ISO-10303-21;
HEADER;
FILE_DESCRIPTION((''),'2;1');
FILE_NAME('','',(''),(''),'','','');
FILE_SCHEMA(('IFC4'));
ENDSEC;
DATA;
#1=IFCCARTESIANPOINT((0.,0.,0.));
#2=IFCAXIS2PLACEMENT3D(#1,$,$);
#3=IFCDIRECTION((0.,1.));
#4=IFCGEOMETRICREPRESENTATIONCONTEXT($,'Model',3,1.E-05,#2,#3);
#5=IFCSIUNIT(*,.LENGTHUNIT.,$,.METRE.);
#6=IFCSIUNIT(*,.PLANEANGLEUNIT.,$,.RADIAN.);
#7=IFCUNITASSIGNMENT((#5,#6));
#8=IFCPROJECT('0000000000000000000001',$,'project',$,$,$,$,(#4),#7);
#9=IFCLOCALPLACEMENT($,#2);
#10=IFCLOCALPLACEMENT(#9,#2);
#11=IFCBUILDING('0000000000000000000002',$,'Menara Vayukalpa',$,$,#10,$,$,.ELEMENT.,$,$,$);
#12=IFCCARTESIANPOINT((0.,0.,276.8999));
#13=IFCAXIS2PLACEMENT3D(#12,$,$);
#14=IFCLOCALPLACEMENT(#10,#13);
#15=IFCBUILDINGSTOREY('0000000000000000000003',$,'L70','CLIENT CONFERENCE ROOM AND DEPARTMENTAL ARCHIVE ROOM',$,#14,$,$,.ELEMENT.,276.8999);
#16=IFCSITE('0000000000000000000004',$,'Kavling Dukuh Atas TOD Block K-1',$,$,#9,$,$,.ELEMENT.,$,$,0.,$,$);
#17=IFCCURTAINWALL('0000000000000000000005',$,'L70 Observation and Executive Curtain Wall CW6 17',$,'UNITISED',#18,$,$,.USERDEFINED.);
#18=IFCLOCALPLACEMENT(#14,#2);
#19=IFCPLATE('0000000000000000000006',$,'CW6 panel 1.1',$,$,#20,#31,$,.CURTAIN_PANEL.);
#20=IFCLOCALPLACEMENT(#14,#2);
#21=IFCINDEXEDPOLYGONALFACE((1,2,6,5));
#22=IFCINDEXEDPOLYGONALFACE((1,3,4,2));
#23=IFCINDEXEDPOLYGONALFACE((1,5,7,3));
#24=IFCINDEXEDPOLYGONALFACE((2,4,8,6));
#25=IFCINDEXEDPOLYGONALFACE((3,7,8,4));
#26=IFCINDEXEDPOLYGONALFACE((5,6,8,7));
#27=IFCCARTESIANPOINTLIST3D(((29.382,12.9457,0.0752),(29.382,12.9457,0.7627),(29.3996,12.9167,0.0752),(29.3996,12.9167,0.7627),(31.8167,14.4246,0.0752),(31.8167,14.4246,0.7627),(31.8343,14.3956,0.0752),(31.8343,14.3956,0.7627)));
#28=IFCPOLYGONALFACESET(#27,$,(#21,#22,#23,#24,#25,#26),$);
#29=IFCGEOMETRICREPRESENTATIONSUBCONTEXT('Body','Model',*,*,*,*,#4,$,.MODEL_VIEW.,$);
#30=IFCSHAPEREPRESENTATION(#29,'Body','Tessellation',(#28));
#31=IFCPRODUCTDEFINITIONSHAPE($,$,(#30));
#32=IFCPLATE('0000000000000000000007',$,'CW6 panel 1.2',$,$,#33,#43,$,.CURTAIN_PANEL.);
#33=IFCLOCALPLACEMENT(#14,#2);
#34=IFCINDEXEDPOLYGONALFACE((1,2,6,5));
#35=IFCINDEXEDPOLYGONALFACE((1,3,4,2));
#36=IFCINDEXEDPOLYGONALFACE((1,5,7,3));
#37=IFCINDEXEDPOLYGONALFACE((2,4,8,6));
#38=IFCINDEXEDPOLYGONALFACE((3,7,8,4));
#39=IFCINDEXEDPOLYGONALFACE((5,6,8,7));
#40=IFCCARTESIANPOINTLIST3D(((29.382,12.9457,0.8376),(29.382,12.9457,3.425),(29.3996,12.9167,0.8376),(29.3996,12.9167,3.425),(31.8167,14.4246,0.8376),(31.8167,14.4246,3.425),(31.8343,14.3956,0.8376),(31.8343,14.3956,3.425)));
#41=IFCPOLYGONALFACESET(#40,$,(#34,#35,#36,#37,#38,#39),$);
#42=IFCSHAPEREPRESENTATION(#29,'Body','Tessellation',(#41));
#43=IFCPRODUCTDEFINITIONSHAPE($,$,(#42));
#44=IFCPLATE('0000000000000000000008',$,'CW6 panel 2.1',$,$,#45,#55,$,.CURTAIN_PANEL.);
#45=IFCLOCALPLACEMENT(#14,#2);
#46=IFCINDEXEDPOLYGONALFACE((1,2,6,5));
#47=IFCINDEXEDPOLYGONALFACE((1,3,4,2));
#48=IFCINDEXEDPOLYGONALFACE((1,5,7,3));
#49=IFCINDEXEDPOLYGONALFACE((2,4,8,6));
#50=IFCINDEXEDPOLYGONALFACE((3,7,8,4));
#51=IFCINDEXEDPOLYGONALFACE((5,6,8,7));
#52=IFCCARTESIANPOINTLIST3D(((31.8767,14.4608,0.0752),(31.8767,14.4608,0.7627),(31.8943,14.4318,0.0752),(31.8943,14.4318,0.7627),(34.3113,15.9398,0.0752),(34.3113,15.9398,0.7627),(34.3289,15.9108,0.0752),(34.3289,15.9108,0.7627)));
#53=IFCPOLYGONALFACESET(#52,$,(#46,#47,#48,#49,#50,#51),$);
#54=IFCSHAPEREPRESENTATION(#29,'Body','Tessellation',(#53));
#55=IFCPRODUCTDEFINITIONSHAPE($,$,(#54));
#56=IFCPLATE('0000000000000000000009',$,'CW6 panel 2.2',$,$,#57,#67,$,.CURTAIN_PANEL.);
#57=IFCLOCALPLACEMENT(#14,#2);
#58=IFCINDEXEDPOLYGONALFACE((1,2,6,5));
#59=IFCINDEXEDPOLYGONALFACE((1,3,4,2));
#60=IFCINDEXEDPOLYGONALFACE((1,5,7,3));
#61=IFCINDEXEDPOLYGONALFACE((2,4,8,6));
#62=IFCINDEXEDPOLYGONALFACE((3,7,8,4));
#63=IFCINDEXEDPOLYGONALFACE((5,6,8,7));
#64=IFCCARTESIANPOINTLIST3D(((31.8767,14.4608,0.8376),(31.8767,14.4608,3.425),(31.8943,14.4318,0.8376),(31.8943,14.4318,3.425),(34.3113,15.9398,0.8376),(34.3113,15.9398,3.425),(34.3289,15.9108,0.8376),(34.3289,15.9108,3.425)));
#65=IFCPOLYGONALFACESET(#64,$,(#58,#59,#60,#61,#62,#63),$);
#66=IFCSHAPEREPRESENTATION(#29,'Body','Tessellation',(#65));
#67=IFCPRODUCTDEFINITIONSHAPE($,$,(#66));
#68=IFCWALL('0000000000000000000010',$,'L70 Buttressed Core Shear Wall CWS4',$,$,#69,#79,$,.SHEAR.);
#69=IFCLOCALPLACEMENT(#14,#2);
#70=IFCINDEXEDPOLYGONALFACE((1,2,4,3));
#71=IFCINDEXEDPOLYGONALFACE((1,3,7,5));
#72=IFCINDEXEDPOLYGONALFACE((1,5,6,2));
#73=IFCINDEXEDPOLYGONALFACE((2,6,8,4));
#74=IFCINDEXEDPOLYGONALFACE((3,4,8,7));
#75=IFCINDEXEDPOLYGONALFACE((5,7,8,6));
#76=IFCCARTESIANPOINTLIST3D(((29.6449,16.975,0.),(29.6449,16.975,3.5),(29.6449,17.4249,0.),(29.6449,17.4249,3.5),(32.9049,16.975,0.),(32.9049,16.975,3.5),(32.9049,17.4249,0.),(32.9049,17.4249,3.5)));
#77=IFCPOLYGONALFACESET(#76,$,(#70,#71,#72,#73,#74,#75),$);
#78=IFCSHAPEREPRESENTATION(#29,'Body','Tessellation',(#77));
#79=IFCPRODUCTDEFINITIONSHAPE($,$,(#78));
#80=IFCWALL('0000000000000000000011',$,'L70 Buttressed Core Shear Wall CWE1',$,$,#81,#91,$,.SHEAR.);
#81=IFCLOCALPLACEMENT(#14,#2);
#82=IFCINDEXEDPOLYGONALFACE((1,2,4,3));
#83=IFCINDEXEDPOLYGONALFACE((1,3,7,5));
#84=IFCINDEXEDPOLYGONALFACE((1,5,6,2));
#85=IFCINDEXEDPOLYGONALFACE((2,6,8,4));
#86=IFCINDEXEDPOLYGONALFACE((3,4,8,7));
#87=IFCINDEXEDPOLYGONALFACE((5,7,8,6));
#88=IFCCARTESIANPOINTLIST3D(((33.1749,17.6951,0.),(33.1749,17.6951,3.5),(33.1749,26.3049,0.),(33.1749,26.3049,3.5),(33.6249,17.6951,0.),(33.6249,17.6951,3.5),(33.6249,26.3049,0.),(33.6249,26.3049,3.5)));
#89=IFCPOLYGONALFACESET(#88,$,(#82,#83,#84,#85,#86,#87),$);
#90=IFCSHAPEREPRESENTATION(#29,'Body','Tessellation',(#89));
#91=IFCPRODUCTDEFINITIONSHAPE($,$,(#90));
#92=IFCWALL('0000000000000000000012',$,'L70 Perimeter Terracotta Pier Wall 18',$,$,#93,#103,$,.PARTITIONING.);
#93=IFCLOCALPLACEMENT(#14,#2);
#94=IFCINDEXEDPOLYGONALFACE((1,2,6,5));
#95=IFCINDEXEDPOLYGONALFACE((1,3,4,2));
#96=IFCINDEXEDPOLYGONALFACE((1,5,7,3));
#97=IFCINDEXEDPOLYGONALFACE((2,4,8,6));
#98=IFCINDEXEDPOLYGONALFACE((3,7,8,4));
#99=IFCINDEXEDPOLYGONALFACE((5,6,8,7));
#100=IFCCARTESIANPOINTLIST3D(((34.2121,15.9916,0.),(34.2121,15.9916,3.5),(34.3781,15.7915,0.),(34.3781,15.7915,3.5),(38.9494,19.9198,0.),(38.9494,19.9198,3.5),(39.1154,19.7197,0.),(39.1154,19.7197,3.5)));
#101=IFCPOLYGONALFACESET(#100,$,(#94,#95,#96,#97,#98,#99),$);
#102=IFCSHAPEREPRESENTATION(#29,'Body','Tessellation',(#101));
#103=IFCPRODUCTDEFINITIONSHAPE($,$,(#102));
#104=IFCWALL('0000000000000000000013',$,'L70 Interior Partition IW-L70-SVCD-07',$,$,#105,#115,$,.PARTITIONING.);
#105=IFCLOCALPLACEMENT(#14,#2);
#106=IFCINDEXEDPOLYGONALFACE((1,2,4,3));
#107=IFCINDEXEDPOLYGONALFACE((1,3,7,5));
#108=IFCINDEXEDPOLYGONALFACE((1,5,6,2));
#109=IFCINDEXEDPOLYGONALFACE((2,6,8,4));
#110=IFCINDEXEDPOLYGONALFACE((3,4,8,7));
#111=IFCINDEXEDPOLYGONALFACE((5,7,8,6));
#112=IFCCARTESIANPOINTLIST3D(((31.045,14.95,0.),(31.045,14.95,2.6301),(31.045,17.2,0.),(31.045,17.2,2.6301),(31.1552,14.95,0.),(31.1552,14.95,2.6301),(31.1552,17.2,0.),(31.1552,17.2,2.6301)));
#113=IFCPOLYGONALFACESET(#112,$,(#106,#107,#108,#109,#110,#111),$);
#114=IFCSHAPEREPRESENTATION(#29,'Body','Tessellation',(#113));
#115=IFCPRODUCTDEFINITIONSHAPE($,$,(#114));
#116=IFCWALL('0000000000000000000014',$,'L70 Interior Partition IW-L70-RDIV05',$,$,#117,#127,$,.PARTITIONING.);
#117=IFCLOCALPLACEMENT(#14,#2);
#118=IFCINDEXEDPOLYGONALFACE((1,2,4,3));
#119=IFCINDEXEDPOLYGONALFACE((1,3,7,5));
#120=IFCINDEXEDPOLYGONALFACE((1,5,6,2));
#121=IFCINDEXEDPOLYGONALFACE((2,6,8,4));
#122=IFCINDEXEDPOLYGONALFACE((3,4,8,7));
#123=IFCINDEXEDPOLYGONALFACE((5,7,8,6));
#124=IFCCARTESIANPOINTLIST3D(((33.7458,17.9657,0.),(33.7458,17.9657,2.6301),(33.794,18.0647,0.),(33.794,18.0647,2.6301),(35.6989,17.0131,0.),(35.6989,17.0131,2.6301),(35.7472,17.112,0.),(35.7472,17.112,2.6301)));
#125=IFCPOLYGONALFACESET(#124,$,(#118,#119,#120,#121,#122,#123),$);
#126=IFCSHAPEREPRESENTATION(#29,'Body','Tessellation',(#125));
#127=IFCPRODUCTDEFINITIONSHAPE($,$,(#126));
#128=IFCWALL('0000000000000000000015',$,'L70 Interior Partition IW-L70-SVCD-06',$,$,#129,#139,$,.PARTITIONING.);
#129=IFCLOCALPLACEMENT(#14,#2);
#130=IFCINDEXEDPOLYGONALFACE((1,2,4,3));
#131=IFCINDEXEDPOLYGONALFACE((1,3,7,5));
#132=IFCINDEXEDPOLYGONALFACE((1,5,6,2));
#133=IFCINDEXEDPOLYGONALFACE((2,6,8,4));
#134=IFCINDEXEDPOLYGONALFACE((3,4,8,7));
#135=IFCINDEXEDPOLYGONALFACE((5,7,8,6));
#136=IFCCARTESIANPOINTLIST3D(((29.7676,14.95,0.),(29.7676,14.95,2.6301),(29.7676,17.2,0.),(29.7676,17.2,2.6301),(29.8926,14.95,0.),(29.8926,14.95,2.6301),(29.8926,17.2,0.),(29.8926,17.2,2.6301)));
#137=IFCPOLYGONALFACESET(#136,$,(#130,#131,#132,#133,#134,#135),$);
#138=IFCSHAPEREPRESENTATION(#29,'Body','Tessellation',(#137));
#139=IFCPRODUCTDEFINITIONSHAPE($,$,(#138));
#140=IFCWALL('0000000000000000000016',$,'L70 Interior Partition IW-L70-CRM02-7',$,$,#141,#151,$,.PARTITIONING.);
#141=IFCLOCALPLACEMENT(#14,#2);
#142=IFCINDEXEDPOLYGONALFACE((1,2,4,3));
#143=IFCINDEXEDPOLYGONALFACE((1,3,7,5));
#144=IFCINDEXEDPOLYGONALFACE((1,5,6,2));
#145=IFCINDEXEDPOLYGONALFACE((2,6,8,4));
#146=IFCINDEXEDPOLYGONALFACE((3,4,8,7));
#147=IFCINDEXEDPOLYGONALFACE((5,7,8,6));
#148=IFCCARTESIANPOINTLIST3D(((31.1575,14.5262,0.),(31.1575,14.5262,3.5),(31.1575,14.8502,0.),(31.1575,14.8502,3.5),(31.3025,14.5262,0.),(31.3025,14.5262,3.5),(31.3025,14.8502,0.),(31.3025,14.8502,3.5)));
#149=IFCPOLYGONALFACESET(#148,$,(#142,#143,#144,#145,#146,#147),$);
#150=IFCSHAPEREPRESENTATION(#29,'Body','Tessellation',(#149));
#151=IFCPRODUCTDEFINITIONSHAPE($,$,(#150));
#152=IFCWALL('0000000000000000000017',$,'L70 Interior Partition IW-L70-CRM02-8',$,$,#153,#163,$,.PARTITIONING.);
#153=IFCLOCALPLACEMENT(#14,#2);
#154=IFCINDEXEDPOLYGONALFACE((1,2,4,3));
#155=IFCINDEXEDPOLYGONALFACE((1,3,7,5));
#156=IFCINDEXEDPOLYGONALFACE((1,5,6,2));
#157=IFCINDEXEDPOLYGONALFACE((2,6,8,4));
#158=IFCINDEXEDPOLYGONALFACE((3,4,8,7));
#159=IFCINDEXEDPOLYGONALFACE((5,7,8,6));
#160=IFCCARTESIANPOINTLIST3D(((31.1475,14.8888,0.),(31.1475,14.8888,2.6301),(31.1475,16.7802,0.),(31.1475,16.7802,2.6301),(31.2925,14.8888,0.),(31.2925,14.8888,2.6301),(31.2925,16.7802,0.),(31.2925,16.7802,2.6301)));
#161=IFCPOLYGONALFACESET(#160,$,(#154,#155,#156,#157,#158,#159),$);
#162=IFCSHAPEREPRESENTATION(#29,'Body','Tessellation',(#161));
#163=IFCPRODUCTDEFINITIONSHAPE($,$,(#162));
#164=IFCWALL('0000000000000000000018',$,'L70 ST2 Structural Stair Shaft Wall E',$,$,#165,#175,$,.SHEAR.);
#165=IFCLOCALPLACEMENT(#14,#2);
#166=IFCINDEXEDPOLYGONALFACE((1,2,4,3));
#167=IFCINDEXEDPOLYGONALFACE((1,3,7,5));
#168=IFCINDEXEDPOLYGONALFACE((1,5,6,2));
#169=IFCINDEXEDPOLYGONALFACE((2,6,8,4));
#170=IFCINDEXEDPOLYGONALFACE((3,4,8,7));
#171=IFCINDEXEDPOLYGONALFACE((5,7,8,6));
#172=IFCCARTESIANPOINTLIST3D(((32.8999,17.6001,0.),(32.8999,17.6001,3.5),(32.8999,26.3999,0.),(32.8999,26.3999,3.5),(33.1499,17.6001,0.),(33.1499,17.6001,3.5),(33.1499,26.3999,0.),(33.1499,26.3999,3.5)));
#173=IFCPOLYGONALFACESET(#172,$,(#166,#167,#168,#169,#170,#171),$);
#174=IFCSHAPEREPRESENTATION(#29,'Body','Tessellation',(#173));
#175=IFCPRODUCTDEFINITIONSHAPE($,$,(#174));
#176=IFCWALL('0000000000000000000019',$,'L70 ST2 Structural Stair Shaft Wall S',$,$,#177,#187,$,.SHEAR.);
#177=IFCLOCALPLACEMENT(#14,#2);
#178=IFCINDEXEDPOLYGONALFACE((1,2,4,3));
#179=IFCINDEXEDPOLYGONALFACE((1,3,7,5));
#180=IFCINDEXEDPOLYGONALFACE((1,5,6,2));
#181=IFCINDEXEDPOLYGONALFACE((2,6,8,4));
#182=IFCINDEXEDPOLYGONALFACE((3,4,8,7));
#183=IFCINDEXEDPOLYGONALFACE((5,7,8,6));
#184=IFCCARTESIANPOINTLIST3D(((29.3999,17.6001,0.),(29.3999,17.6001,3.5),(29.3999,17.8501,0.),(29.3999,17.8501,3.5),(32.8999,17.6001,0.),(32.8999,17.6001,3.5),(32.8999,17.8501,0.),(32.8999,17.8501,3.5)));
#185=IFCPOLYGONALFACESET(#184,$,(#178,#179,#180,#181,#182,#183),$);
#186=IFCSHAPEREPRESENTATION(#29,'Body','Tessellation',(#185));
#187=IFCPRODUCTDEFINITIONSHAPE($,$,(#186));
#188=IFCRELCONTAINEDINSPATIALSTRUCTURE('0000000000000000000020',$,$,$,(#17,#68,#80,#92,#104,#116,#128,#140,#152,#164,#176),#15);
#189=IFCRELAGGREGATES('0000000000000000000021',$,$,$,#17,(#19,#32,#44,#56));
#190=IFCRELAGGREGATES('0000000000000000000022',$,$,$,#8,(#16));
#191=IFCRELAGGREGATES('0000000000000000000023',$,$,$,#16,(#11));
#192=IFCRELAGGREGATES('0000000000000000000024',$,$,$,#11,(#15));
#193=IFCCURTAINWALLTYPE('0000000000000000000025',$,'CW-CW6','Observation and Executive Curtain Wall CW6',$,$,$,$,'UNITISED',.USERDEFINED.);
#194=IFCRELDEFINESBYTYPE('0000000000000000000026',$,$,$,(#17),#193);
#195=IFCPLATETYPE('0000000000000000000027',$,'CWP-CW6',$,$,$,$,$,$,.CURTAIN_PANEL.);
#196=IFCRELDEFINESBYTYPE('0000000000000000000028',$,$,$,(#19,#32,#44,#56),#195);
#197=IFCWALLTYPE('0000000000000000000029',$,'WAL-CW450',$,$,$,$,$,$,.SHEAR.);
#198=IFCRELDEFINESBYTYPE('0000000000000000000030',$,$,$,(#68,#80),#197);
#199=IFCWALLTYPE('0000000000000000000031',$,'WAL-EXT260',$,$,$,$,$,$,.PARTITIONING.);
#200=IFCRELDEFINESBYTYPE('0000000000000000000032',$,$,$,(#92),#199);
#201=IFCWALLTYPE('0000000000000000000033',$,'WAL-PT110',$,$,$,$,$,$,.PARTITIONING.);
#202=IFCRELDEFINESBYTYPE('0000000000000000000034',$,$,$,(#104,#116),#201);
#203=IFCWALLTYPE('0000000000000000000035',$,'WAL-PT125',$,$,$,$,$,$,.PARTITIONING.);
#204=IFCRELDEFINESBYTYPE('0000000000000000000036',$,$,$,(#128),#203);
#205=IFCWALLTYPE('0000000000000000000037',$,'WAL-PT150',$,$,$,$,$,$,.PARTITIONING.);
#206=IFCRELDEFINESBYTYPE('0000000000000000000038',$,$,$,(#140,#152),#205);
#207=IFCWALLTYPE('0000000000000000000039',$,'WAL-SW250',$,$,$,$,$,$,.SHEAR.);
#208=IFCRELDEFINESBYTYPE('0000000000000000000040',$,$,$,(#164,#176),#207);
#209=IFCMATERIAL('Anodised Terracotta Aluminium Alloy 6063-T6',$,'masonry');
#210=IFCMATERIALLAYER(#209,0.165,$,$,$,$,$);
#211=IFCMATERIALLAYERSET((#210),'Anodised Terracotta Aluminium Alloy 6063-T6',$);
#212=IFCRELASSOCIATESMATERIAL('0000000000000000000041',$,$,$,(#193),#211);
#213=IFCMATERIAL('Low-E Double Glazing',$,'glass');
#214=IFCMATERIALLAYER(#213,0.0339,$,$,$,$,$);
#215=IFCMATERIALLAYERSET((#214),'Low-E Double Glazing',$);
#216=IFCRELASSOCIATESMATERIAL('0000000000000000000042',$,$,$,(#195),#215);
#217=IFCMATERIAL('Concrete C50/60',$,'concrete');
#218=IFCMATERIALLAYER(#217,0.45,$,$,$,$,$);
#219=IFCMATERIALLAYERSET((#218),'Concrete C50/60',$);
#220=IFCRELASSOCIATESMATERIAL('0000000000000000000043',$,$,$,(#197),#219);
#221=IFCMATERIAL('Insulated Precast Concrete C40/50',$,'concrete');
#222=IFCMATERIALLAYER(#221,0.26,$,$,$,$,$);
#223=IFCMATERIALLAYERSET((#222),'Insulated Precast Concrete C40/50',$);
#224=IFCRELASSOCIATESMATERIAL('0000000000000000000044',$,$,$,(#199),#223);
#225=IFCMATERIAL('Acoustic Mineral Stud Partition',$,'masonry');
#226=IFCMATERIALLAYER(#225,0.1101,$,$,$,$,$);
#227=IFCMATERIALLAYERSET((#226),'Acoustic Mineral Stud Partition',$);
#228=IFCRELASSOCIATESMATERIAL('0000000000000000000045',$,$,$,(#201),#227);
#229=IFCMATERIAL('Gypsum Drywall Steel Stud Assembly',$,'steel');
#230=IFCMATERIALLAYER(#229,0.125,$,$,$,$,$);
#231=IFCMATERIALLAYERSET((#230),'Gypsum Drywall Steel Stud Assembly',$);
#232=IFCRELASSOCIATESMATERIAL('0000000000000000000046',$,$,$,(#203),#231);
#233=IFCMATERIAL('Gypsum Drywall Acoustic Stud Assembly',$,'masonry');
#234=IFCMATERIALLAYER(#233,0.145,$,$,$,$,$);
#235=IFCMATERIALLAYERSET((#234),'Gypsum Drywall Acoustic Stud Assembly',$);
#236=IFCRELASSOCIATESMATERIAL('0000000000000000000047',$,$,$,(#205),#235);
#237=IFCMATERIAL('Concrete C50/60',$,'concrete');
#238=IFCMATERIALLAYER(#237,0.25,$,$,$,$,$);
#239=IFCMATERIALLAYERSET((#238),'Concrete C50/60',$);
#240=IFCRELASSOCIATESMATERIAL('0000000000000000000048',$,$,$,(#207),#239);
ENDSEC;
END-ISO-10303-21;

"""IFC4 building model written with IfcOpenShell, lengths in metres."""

from ifc_helpers import new_model, si_unit, direction, frame, frame_2d, origin, origin_2d, place, context, subcontext, project, spatial, rectangle, extrude, material, layer, layer_set, type_object, element, aggregate, save


model = new_model("IFC4")

# Units and contexts
model_context = context("Model", 3, precision=1e-05, world=origin(), true_north=direction((0.0, 1.0)))
body_context = subcontext(model_context, "Body", "Model", "MODEL_VIEW")
ifc_project = project(units=[si_unit("LENGTHUNIT", "METRE"), si_unit("PLANEANGLEUNIT", "RADIAN")], contexts=[model_context])

# Site, building, storey
site_placement = place(None, origin())
site = spatial("IfcSite", under=ifc_project, at=site_placement, Name="Kavling Dukuh Atas TOD Block K-1", CompositionType="ELEMENT", RefElevation=0.0)
building_placement = place(site_placement, origin())
building = spatial("IfcBuilding", under=site, at=building_placement, Name="Menara Vayukalpa", CompositionType="ELEMENT")
storey_placement = place(building_placement, frame((0.0, 0.0, 276.8999)))
storey = spatial("IfcBuildingStorey", under=building, at=storey_placement, Name="L70", Description="CLIENT CONFERENCE ROOM AND DEPARTMENTAL ARCHIVE ROOM", CompositionType="ELEMENT", Elevation=276.8999)

# Curtain wall, plates
ifc_material_1 = material(Name="Anodised Terracotta Aluminium Alloy 6063-T6", Category="masonry")
ifc_layer_1 = layer(ifc_material_1, 0.165)
ifc_layer_set_1 = layer_set([ifc_layer_1], Name="Anodised Terracotta Aluminium Alloy 6063-T6")
curtain_wall_type = type_object("IfcCurtainWallType", Name="CW-CW6", Description="Observation and Executive Curtain Wall CW6", ElementType="UNITISED", PredefinedType="USERDEFINED", material=ifc_layer_set_1)
curtain_wall_placement = place(storey_placement, origin())
curtain_wall = element("IfcCurtainWall", 1, at=curtain_wall_placement, inside=storey, type_object=curtain_wall_type, Name="L70 Observation and Executive Curtain Wall CW6 17", ObjectType="UNITISED", PredefinedType="USERDEFINED")
ifc_material_2 = material(Name="Low-E Double Glazing", Category="glass")
ifc_layer_2 = layer(ifc_material_2, 0.0339)
ifc_layer_set_2 = layer_set([ifc_layer_2], Name="Low-E Double Glazing")
plate_type = type_object("IfcPlateType", Name="CWP-CW6", PredefinedType="CURTAIN_PANEL", material=ifc_layer_set_2)
plate_1_placement = place(storey_placement, frame((30.6082, 13.6707, 0.0752), z_axis=(0.0, 0.0, 1.0), x_axis=(0.854668, 0.519176, 0.0)))
plate_1 = element("IfcPlate", 2, at=plate_1_placement, type_object=plate_type, Name="CW6 panel 1.1", PredefinedType="CURTAIN_PANEL", context=body_context, shape_type="SweptSolid", body=[
    extrude(rectangle(XDim=2.8486, YDim=0.0339, at=origin_2d()), origin(), (0.0, 0.0, 1.0), 0.6875),
])
plate_2_placement = place(storey_placement, frame((30.6082, 13.6707, 0.8376), z_axis=(0.0, 0.0, 1.0), x_axis=(0.854668, 0.519176, 0.0)))
plate_2 = element("IfcPlate", 3, at=plate_2_placement, type_object=plate_type, Name="CW6 panel 1.2", PredefinedType="CURTAIN_PANEL", context=body_context, shape_type="SweptSolid", body=[
    extrude(rectangle(XDim=2.8486, YDim=0.0339, at=origin_2d()), origin(), (0.0, 0.0, 1.0), 2.5874),
])
plate_3_placement = place(storey_placement, frame((33.1028, 15.1858, 0.0752), z_axis=(0.0, 0.0, 1.0), x_axis=(0.854668, 0.519176, 0.0)))
plate_3 = element("IfcPlate", 4, at=plate_3_placement, type_object=plate_type, Name="CW6 panel 2.1", PredefinedType="CURTAIN_PANEL", context=body_context, shape_type="SweptSolid", body=[
    extrude(rectangle(XDim=2.8486, YDim=0.0339, at=origin_2d()), origin(), (0.0, 0.0, 1.0), 0.6875),
])
plate_4_placement = place(storey_placement, frame((33.1028, 15.1858, 0.8376), z_axis=(0.0, 0.0, 1.0), x_axis=(0.854668, 0.519176, 0.0)))
plate_4 = element("IfcPlate", 5, at=plate_4_placement, type_object=plate_type, Name="CW6 panel 2.2", PredefinedType="CURTAIN_PANEL", context=body_context, shape_type="SweptSolid", body=[
    extrude(rectangle(XDim=2.8486, YDim=0.0339, at=origin_2d()), origin(), (0.0, 0.0, 1.0), 2.5874),
])
aggregate(curtain_wall, [plate_1, plate_2, plate_3, plate_4])

# Walls
ifc_material_3 = material(Name="Concrete C50/60", Category="concrete")
ifc_layer_3 = layer(ifc_material_3, 0.45)
ifc_layer_set_3 = layer_set([ifc_layer_3], Name="Concrete C50/60")
wall_type_1 = type_object("IfcWallType", Name="WAL-CW450", PredefinedType="SHEAR", material=ifc_layer_set_3)
wall_1_placement = place(storey_placement, frame((29.645, 17.2, 0.0), z_axis=(0.0, 0.0, 1.0), x_axis=(1.0, 0.0, 0.0)))
element("IfcWall", 6, at=wall_1_placement, inside=storey, type_object=wall_type_1, Name="L70 Buttressed Core Shear Wall CWS4", PredefinedType="SHEAR", context=body_context, shape_type="SweptSolid", body=[
    extrude(rectangle(XDim=3.26, YDim=0.45, at=frame_2d((1.6299, 0.0))), origin(), (0.0, 0.0, 1.0), 3.5),
])
wall_2_placement = place(storey_placement, frame((33.3999, 17.6951, 0.0), z_axis=(0.0, 0.0, 1.0), x_axis=(0.0, 1.0, 0.0)))
element("IfcWall", 7, at=wall_2_placement, inside=storey, type_object=wall_type_1, Name="L70 Buttressed Core Shear Wall CWE1", PredefinedType="SHEAR", context=body_context, shape_type="SweptSolid", body=[
    extrude(rectangle(XDim=8.6099, YDim=0.45, at=frame_2d((4.3049, 0.0))), origin(), (0.0, 0.0, 1.0), 3.5),
])
ifc_material_4 = material(Name="Insulated Precast Concrete C40/50", Category="concrete")
ifc_layer_4 = layer(ifc_material_4, 0.26)
ifc_layer_set_4 = layer_set([ifc_layer_4], Name="Insulated Precast Concrete C40/50")
wall_type_2 = type_object("IfcWallType", Name="WAL-EXT260", PredefinedType="PARTITIONING", material=ifc_layer_set_4)
wall_3_placement = place(storey_placement, frame((39.0325, 19.8198, 0.0), z_axis=(0.0, 0.0, 1.0), x_axis=(-0.76978, -0.638309, 0.0)))
element("IfcWall", 8, at=wall_3_placement, inside=storey, type_object=wall_type_2, Name="L70 Perimeter Terracotta Pier Wall 18", PredefinedType="PARTITIONING", context=body_context, shape_type="SweptSolid", body=[
    extrude(rectangle(XDim=6.1541, YDim=0.26, at=frame_2d((3.0771, 0.0))), origin(), (0.0, 0.0, 1.0), 3.5),
])
ifc_material_5 = material(Name="Acoustic Mineral Stud Partition", Category="masonry")
ifc_layer_5 = layer(ifc_material_5, 0.1101)
ifc_layer_set_5 = layer_set([ifc_layer_5], Name="Acoustic Mineral Stud Partition")
wall_type_3 = type_object("IfcWallType", Name="WAL-PT110", PredefinedType="PARTITIONING", material=ifc_layer_set_5)
wall_4_placement = place(storey_placement, frame((31.1001, 14.95, 0.0), z_axis=(0.0, 0.0, 1.0), x_axis=(0.0, 1.0, 0.0)))
element("IfcWall", 9, at=wall_4_placement, inside=storey, type_object=wall_type_3, Name="L70 Interior Partition IW-L70-SVCD-07", PredefinedType="PARTITIONING", context=body_context, shape_type="SweptSolid", body=[
    extrude(rectangle(XDim=2.25, YDim=0.1101, at=frame_2d((1.125, 0.0))), origin(), (0.0, 0.0, 1.0), 2.6301),
])
wall_5_placement = place(storey_placement, frame((33.77, 18.0151, 0.0), z_axis=(0.0, 0.0, 1.0), x_axis=(0.898788, -0.438384, 0.0)))
element("IfcWall", 10, at=wall_5_placement, inside=storey, type_object=wall_type_3, Name="L70 Interior Partition IW-L70-RDIV05", PredefinedType="PARTITIONING", context=body_context, shape_type="SweptSolid", body=[
    extrude(rectangle(XDim=2.1731, YDim=0.1101, at=frame_2d((1.0864, 0.0))), origin(), (0.0, 0.0, 1.0), 2.6301),
])
ifc_material_6 = material(Name="Gypsum Drywall Steel Stud Assembly", Category="steel")
ifc_layer_6 = layer(ifc_material_6, 0.125)
ifc_layer_set_6 = layer_set([ifc_layer_6], Name="Gypsum Drywall Steel Stud Assembly")
wall_type_4 = type_object("IfcWallType", Name="WAL-PT125", PredefinedType="PARTITIONING", material=ifc_layer_set_6)
wall_6_placement = place(storey_placement, frame((29.8301, 14.95, 0.0), z_axis=(0.0, 0.0, 1.0), x_axis=(0.0, 1.0, 0.0)))
element("IfcWall", 11, at=wall_6_placement, inside=storey, type_object=wall_type_4, Name="L70 Interior Partition IW-L70-SVCD-06", PredefinedType="PARTITIONING", context=body_context, shape_type="SweptSolid", body=[
    extrude(rectangle(XDim=2.25, YDim=0.125, at=frame_2d((1.125, 0.0))), origin(), (0.0, 0.0, 1.0), 2.6301),
])
ifc_material_7 = material(Name="Gypsum Drywall Acoustic Stud Assembly", Category="masonry")
ifc_layer_7 = layer(ifc_material_7, 0.145)
ifc_layer_set_7 = layer_set([ifc_layer_7], Name="Gypsum Drywall Acoustic Stud Assembly")
wall_type_5 = type_object("IfcWallType", Name="WAL-PT150", PredefinedType="PARTITIONING", material=ifc_layer_set_7)
wall_7_placement = place(storey_placement, frame((31.23, 14.5261, 0.0), z_axis=(0.0, 0.0, 1.0), x_axis=(0.0, 1.0, 0.0)))
element("IfcWall", 12, at=wall_7_placement, inside=storey, type_object=wall_type_5, Name="L70 Interior Partition IW-L70-CRM02-7", PredefinedType="PARTITIONING", context=body_context, shape_type="SweptSolid", body=[
    extrude(rectangle(XDim=0.324, YDim=0.145, at=frame_2d((0.1621, 0.0))), origin(), (0.0, 0.0, 1.0), 3.5),
])
wall_8_placement = place(storey_placement, frame((31.22, 14.8887, 0.0), z_axis=(0.0, 0.0, 1.0), x_axis=(0.0, 1.0, 0.0)))
element("IfcWall", 13, at=wall_8_placement, inside=storey, type_object=wall_type_5, Name="L70 Interior Partition IW-L70-CRM02-8", PredefinedType="PARTITIONING", context=body_context, shape_type="SweptSolid", body=[
    extrude(rectangle(XDim=1.8914, YDim=0.145, at=frame_2d((0.9458, 0.0))), origin(), (0.0, 0.0, 1.0), 2.6301),
])
ifc_material_8 = material(Name="Concrete C50/60", Category="concrete")
ifc_layer_8 = layer(ifc_material_8, 0.25)
ifc_layer_set_8 = layer_set([ifc_layer_8], Name="Concrete C50/60")
wall_type_6 = type_object("IfcWallType", Name="WAL-SW250", PredefinedType="SHEAR", material=ifc_layer_set_8)
wall_9_placement = place(storey_placement, frame((33.0249, 17.6001, 0.0), z_axis=(0.0, 0.0, 1.0), x_axis=(0.0, 1.0, 0.0)))
element("IfcWall", 14, at=wall_9_placement, inside=storey, type_object=wall_type_6, Name="L70 ST2 Structural Stair Shaft Wall E", PredefinedType="SHEAR", context=body_context, shape_type="SweptSolid", body=[
    extrude(rectangle(XDim=8.7998, YDim=0.25, at=frame_2d((4.3999, 0.0))), origin(), (0.0, 0.0, 1.0), 3.5),
])
wall_10_placement = place(storey_placement, frame((29.3999, 17.7251, 0.0), z_axis=(0.0, 0.0, 1.0), x_axis=(1.0, 0.0, 0.0)))
element("IfcWall", 15, at=wall_10_placement, inside=storey, type_object=wall_type_6, Name="L70 ST2 Structural Stair Shaft Wall S", PredefinedType="SHEAR", context=body_context, shape_type="SweptSolid", body=[
    extrude(rectangle(XDim=3.5, YDim=0.25, at=frame_2d((1.75, 0.0))), origin(), (0.0, 0.0, 1.0), 3.5),
])

save(model, "model.ifc")
